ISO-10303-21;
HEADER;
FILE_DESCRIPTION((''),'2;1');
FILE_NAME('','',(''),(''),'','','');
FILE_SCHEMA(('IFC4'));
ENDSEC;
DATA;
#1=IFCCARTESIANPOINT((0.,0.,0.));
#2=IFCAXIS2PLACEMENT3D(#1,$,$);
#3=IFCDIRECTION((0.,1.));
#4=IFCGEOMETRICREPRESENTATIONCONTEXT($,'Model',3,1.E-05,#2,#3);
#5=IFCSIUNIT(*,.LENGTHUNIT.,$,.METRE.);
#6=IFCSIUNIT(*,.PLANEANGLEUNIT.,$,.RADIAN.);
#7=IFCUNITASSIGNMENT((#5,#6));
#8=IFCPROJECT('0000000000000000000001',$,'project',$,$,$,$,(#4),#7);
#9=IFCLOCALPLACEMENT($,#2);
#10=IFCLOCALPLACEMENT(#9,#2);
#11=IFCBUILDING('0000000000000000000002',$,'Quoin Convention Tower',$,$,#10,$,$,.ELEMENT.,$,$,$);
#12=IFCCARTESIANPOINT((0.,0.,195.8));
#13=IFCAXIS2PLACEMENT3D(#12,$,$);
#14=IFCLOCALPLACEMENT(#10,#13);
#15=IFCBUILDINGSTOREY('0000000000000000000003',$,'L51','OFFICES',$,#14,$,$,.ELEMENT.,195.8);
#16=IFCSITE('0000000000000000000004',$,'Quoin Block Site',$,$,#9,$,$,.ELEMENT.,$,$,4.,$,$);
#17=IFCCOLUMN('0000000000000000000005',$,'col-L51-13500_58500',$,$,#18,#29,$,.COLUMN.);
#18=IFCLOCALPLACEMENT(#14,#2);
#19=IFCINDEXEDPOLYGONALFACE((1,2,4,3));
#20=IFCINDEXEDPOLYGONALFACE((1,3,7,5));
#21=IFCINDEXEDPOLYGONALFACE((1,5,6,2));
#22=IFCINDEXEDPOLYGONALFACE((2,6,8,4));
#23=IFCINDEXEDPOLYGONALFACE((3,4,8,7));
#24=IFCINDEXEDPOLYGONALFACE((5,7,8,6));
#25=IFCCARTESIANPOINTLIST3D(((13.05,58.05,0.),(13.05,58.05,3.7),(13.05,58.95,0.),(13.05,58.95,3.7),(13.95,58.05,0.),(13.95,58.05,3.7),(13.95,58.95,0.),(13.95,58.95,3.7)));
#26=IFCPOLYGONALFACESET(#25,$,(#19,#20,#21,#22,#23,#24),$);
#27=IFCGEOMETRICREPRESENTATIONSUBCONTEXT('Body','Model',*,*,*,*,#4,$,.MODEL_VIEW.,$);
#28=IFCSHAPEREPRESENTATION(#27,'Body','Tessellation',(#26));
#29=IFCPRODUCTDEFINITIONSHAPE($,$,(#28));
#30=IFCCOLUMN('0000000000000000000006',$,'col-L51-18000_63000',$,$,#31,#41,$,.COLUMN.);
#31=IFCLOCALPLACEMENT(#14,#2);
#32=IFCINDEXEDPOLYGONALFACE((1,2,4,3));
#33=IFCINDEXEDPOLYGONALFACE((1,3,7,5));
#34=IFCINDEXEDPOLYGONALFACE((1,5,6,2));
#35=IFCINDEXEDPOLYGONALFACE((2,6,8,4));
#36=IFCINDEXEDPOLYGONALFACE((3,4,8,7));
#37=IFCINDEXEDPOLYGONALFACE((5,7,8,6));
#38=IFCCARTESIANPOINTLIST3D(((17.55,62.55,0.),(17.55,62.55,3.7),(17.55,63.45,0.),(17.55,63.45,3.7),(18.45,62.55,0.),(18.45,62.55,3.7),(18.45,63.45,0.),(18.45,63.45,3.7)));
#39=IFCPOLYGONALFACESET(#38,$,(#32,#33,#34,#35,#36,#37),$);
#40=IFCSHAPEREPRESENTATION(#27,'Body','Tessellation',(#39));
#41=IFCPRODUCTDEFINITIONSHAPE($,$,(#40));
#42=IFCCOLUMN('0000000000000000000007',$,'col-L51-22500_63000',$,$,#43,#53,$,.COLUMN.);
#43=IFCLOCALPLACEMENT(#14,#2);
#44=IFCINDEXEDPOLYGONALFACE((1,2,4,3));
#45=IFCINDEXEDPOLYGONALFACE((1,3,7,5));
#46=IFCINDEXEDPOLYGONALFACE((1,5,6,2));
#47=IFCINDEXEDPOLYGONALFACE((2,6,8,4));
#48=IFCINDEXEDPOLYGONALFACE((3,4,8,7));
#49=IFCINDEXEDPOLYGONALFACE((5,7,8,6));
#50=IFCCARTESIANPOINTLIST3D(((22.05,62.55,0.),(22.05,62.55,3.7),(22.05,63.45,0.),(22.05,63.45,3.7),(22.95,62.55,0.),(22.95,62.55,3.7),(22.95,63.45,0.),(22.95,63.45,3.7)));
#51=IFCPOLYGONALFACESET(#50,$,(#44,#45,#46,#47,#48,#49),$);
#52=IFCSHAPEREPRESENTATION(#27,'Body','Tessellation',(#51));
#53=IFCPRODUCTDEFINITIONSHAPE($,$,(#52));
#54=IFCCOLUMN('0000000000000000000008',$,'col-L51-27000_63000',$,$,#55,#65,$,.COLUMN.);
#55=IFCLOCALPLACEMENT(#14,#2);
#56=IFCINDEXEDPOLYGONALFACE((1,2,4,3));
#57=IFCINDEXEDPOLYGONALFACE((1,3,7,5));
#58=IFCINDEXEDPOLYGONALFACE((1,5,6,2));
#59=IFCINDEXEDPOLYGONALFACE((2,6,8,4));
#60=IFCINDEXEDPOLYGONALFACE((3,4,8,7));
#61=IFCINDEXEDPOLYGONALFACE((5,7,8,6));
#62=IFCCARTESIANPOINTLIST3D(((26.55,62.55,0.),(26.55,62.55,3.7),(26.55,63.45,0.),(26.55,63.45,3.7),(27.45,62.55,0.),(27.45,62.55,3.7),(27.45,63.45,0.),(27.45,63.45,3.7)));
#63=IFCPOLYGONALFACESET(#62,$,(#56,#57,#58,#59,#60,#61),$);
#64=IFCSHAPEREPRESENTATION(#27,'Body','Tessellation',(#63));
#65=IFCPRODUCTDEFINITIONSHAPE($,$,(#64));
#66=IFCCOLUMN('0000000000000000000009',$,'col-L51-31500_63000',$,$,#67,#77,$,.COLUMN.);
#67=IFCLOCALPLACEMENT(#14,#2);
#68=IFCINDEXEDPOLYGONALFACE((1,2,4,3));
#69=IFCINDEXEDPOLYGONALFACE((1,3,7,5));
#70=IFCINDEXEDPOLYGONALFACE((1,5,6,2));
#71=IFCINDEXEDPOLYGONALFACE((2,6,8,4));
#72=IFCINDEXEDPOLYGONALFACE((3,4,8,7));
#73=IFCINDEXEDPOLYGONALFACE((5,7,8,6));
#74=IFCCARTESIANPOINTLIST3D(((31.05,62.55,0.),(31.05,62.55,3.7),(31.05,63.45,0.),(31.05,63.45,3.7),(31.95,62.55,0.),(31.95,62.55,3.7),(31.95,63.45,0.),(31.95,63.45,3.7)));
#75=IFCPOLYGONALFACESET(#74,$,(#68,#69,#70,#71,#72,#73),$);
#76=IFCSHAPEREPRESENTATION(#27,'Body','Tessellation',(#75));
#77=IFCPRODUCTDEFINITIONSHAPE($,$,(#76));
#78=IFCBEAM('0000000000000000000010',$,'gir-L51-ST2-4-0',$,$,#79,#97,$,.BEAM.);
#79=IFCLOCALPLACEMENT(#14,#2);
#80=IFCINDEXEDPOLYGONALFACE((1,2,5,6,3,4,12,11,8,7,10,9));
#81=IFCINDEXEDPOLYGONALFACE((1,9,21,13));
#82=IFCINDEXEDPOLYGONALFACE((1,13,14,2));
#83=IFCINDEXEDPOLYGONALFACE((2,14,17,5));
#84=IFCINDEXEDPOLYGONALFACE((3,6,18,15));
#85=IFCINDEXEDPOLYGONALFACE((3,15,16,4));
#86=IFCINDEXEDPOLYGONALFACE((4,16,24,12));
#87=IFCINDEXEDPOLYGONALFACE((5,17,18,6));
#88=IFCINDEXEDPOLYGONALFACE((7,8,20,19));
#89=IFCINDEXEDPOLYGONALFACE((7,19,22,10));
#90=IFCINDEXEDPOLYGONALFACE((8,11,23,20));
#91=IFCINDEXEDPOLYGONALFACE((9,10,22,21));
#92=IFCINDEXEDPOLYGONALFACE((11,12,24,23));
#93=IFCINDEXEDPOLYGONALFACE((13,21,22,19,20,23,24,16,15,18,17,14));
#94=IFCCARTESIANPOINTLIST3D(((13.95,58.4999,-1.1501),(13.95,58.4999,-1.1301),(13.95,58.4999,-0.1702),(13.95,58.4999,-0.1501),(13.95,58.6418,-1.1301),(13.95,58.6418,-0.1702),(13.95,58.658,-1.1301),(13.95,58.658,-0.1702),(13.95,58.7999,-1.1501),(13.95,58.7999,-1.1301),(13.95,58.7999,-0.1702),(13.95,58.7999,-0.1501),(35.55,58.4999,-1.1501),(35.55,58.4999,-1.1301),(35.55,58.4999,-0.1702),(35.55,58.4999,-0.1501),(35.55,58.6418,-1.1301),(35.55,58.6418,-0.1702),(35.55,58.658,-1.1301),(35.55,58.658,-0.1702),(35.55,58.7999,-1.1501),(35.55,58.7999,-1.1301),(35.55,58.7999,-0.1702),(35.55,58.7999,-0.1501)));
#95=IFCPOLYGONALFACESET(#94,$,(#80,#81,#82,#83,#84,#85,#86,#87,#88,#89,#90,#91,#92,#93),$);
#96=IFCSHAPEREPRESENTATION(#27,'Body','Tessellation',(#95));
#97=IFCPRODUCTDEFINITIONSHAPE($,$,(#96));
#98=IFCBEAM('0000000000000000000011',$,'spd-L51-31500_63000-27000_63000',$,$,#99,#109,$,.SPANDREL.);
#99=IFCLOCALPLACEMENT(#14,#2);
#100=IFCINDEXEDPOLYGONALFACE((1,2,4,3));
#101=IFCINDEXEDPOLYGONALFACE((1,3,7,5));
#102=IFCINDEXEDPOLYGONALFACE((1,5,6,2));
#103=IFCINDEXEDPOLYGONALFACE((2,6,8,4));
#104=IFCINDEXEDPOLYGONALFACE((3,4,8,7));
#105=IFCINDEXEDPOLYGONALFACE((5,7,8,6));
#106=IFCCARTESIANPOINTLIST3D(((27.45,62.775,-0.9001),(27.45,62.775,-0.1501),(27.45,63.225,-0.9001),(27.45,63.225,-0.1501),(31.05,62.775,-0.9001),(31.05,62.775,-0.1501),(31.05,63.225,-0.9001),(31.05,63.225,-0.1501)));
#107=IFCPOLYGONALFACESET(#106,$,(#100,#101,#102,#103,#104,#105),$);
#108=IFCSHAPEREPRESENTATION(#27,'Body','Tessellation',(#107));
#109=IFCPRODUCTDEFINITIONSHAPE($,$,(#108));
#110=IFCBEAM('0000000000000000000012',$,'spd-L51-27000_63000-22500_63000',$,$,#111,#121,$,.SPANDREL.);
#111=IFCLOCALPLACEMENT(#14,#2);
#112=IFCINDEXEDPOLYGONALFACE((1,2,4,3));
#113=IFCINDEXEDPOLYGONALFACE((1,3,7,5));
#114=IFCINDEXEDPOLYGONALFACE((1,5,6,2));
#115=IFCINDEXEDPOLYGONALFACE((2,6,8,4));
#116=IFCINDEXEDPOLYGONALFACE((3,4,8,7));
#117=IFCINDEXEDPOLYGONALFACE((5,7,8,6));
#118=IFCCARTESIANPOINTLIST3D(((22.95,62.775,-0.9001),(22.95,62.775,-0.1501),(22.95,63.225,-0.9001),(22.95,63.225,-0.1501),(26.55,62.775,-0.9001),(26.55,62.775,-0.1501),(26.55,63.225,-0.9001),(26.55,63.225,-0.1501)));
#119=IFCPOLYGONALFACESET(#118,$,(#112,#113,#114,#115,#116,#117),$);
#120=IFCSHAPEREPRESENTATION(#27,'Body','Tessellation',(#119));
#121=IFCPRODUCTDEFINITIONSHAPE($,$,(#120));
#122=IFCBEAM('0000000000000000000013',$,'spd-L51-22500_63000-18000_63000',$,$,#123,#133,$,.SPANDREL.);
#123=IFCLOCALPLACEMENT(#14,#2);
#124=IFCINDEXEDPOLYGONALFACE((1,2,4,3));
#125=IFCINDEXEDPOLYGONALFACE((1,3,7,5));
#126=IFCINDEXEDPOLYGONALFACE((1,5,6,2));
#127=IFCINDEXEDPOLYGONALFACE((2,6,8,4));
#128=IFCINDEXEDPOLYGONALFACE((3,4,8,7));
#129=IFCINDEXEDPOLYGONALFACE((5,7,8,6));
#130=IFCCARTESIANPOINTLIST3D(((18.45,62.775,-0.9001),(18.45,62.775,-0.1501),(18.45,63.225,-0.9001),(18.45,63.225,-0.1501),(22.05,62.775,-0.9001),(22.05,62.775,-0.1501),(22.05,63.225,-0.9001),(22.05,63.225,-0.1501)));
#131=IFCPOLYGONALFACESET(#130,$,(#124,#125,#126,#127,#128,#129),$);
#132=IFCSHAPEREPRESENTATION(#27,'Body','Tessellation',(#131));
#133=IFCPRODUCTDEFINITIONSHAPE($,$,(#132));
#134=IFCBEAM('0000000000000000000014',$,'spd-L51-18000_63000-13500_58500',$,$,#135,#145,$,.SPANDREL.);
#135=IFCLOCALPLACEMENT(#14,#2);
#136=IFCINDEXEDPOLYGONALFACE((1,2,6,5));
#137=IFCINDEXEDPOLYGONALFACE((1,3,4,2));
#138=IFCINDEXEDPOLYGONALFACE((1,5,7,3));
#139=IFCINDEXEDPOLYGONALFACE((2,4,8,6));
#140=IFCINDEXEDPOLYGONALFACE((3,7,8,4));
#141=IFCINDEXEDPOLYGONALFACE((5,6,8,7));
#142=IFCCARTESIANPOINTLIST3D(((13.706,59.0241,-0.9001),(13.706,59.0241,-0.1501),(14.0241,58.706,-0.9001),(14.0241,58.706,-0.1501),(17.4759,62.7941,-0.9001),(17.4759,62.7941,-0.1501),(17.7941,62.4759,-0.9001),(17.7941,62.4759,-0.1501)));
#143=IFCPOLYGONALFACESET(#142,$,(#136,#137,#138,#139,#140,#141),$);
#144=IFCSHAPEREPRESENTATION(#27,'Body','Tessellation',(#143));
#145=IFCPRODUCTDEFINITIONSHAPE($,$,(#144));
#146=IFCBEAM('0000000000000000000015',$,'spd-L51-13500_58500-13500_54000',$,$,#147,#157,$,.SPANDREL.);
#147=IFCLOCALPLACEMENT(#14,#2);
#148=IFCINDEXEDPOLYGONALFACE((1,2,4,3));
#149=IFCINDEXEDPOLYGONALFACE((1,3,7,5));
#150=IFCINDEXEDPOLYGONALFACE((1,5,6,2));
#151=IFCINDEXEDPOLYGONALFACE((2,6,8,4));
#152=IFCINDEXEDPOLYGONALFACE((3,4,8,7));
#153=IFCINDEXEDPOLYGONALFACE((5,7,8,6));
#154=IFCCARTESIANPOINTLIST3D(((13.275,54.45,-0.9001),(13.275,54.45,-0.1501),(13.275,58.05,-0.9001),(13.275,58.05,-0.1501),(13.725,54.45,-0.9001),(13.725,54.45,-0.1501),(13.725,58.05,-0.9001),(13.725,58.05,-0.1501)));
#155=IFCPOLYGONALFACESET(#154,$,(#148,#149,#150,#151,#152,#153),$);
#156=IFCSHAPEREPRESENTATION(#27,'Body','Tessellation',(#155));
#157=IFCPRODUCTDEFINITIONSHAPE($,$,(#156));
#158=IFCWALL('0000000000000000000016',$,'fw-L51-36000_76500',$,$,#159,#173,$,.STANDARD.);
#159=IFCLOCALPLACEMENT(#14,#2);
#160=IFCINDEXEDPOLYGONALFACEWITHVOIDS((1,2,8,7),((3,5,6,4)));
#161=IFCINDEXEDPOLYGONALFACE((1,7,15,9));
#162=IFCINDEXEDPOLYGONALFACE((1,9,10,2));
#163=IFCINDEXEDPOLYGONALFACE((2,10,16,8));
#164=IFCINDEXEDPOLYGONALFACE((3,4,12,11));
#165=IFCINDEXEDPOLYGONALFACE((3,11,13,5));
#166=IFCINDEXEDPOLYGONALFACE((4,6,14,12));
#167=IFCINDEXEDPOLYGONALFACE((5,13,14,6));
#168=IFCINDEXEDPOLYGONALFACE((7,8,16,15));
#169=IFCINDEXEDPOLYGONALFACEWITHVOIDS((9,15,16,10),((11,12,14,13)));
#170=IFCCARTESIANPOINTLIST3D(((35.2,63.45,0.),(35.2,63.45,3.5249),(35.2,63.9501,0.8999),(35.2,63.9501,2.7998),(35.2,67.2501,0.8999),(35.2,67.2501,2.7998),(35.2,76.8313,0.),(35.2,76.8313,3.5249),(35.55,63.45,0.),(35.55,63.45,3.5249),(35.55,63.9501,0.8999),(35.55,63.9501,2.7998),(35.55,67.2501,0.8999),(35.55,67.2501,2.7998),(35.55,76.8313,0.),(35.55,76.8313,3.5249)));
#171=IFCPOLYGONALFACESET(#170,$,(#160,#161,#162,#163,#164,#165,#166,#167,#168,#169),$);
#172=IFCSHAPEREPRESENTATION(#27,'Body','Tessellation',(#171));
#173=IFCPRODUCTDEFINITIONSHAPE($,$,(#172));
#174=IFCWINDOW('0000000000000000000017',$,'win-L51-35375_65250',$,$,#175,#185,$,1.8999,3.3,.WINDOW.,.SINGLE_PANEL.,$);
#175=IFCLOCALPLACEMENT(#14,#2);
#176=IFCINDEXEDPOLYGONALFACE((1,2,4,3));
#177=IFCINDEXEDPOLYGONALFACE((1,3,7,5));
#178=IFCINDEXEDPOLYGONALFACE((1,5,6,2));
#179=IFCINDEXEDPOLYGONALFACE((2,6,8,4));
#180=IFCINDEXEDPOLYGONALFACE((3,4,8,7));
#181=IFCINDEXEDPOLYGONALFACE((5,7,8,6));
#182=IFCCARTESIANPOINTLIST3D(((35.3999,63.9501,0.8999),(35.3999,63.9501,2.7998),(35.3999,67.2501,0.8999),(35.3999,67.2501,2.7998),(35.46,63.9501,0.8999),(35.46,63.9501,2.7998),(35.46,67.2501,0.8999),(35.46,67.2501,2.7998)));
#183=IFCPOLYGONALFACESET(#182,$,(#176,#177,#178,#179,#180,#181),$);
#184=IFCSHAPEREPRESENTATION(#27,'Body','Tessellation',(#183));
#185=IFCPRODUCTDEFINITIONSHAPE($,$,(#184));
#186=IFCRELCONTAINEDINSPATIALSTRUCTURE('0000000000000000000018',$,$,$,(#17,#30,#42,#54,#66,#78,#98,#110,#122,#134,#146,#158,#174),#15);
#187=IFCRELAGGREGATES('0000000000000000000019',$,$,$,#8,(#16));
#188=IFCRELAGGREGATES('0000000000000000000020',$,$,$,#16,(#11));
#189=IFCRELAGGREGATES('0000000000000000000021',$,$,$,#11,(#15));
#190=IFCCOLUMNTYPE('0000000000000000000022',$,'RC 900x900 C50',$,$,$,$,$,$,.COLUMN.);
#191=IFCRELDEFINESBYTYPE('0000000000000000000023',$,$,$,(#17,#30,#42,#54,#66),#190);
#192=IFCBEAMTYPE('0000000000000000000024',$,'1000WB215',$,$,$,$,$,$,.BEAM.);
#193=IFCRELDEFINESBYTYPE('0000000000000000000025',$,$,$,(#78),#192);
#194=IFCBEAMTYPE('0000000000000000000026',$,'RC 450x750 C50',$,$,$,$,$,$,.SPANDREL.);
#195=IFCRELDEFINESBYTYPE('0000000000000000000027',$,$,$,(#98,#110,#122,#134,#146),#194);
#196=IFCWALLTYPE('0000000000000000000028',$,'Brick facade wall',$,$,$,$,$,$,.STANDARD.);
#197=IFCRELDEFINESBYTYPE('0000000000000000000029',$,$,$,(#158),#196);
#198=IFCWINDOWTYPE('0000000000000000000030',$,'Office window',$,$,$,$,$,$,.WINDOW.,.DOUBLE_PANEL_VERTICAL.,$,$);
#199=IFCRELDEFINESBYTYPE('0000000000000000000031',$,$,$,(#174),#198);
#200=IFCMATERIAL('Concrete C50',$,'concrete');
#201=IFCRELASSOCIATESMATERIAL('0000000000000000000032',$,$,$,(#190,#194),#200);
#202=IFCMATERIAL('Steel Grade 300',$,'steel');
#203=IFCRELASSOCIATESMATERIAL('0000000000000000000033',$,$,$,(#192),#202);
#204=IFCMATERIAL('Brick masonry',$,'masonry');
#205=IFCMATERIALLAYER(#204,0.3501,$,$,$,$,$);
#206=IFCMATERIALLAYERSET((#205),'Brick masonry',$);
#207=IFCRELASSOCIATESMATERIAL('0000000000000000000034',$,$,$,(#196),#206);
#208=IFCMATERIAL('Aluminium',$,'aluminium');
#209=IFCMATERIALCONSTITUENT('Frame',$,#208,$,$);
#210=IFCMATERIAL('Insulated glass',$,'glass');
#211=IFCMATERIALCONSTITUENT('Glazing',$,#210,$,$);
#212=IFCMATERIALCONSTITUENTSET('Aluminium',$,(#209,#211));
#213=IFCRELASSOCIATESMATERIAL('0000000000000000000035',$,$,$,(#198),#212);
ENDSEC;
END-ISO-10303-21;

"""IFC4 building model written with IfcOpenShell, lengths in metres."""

from ifc_helpers import new_model, si_unit, direction, frame, frame_2d, origin, origin_2d, place, context, subcontext, project, spatial, rectangle, i_section, extrude, material, layer, layer_set, constituent, constituent_set, material_profile, profile_set, type_object, element, fill, save


model = new_model("IFC4")

# Units and contexts
model_context = context("Model", 3, precision=1e-05, world=origin(), true_north=direction((0.0, 1.0)))
body_context = subcontext(model_context, "Body", "Model", "MODEL_VIEW")
ifc_project = project(units=[si_unit("LENGTHUNIT", "METRE"), si_unit("PLANEANGLEUNIT", "RADIAN")], contexts=[model_context])

# Site, building, storey
site_placement = place(None, origin())
site = spatial("IfcSite", under=ifc_project, at=site_placement, Name="Quoin Block Site", CompositionType="ELEMENT", RefElevation=4.0)
building_placement = place(site_placement, origin())
building = spatial("IfcBuilding", under=site, at=building_placement, Name="Quoin Convention Tower", CompositionType="ELEMENT")
storey_placement = place(building_placement, frame((0.0, 0.0, 195.8)))
storey = spatial("IfcBuildingStorey", under=building, at=storey_placement, Name="L51", Description="OFFICES", CompositionType="ELEMENT", Elevation=195.8)

# Columns
ifc_material_1 = material(Name="Concrete C50", Category="concrete")
ifc_material_profile_1 = material_profile(ifc_material_1, rectangle(XDim=0.8999, YDim=0.8999, at=origin_2d()), Name="RC 900x900")
ifc_profile_set_1 = profile_set([ifc_material_profile_1], Name="Concrete C50")
column_type = type_object("IfcColumnType", Name="RC 900x900 C50", PredefinedType="COLUMN", material=ifc_profile_set_1)
for number, where, z_axis, x_axis, name in (
    (1, (13.5, 58.5, 0.0), (0.0, 0.0, 1.0), (1.0, 0.0, 0.0), "col-L51-13500_58500"),
    (2, (18.0, 63.0, 0.0), (0.0, 0.0, 1.0), (1.0, 0.0, 0.0), "col-L51-18000_63000"),
    (3, (22.5, 63.0, 0.0), (0.0, 0.0, 1.0), (1.0, 0.0, 0.0), "col-L51-22500_63000"),
    (4, (27.0, 63.0, 0.0), (0.0, 0.0, 1.0), (1.0, 0.0, 0.0), "col-L51-27000_63000"),
    (5, (31.5, 63.0, 0.0), (0.0, 0.0, 1.0), (1.0, 0.0, 0.0), "col-L51-31500_63000"),
):
    element("IfcColumn", number, at=place(storey_placement, frame(where, z_axis=z_axis, x_axis=x_axis)), inside=storey, type_object=column_type, Name=name, PredefinedType="COLUMN", context=body_context, shape_type="SweptSolid", body=[
        extrude(rectangle(XDim=0.8999, YDim=0.8999, at=origin_2d()), origin(), (0.0, 0.0, 1.0), 3.7),
    ])

# Beams
ifc_material_2 = material(Name="Steel Grade 300", Category="steel")
ifc_material_profile_2 = material_profile(ifc_material_2, i_section(OverallWidth=0.3, OverallDepth=1.0, WebThickness=0.0161, FlangeThickness=0.02, at=origin_2d()), Name="1000WB215")
ifc_profile_set_2 = profile_set([ifc_material_profile_2], Name="Steel Grade 300")
beam_type_1 = type_object("IfcBeamType", Name="1000WB215", PredefinedType="BEAM", material=ifc_profile_set_2)
beam_1_placement = place(storey_placement, frame((13.95, 58.6499, -0.6501), z_axis=(1.0, 0.0, 0.0), x_axis=(0.0, 1.0, 0.0)))
element("IfcBeam", 6, at=beam_1_placement, inside=storey, type_object=beam_type_1, Name="gir-L51-ST2-4-0", PredefinedType="BEAM", context=body_context, shape_type="SweptSolid", body=[
    extrude(i_section(OverallWidth=0.3, OverallDepth=1.0, WebThickness=0.0161, FlangeThickness=0.02, at=origin_2d()), origin(), (0.0, 0.0, 1.0), 21.6001),
])
ifc_material_profile_3 = material_profile(ifc_material_1, rectangle(XDim=0.45, YDim=0.75, at=origin_2d()), Name="RC 450x750")
ifc_profile_set_3 = profile_set([ifc_material_profile_3], Name="Concrete C50")
beam_type_2 = type_object("IfcBeamType", Name="RC 450x750 C50", PredefinedType="SPANDREL", material=ifc_profile_set_3)
for number, where, z_axis, x_axis, name in (
    (7, (31.05, 63.0, -0.5251), (-1.0, 0.0, 0.0), (0.0, -1.0, 0.0), "spd-L51-31500_63000-27000_63000"),
    (8, (26.55, 63.0, -0.5251), (-1.0, 0.0, 0.0), (0.0, -1.0, 0.0), "spd-L51-27000_63000-22500_63000"),
    (9, (22.05, 63.0, -0.5251), (-1.0, 0.0, 0.0), (0.0, -1.0, 0.0), "spd-L51-22500_63000-18000_63000"),
):
    element("IfcBeam", number, at=place(storey_placement, frame(where, z_axis=z_axis, x_axis=x_axis)), inside=storey, type_object=beam_type_2, Name=name, PredefinedType="SPANDREL", context=body_context, shape_type="SweptSolid", body=[
        extrude(rectangle(XDim=0.45, YDim=0.75, at=origin_2d()), origin(), (0.0, 0.0, 1.0), 3.6001),
    ])
beam_2_placement = place(storey_placement, frame((17.635, 62.635, -0.5251), z_axis=(-0.707107, -0.707107, 0.0), x_axis=(0.707107, -0.707107, 0.0)))
element("IfcBeam", 10, at=beam_2_placement, inside=storey, type_object=beam_type_2, Name="spd-L51-18000_63000-13500_58500", PredefinedType="SPANDREL", context=body_context, shape_type="SweptSolid", body=[
    extrude(rectangle(XDim=0.45, YDim=0.75, at=origin_2d()), origin(), (0.0, 0.0, 1.0), 5.3315),
])
beam_3_placement = place(storey_placement, frame((13.5, 58.05, -0.5251), z_axis=(0.0, -1.0, 0.0), x_axis=(1.0, 0.0, 0.0)))
element("IfcBeam", 11, at=beam_3_placement, inside=storey, type_object=beam_type_2, Name="spd-L51-13500_58500-13500_54000", PredefinedType="SPANDREL", context=body_context, shape_type="SweptSolid", body=[
    extrude(rectangle(XDim=0.45, YDim=0.75, at=origin_2d()), origin(), (0.0, 0.0, 1.0), 3.6001),
])

# Wall, opening, window
ifc_material_3 = material(Name="Brick masonry", Category="masonry")
ifc_layer_1 = layer(ifc_material_3, 0.3501)
ifc_layer_set_1 = layer_set([ifc_layer_1], Name="Brick masonry")
wall_type_1 = type_object("IfcWallType", Name="Brick facade wall", PredefinedType="STANDARD", material=ifc_layer_set_1)
wall_1_placement = place(storey_placement, frame((35.375, 76.8313, 0.0), z_axis=(0.0, 0.0, 1.0), x_axis=(0.0, -1.0, 0.0)))
wall_1 = element("IfcWall", 12, at=wall_1_placement, inside=storey, type_object=wall_type_1, Name="fw-L51-36000_76500", PredefinedType="STANDARD", context=body_context, shape_type="SweptSolid", body=[
    extrude(rectangle(XDim=13.3813, YDim=0.3501, at=frame_2d((6.6907, 0.0))), origin(), (0.0, 0.0, 1.0), 3.5249),
])
opening_1_placement = place(wall_1_placement, frame((9.5813, 0.0, 0.8999)))
opening_1 = element("IfcOpeningElement", 13, at=opening_1_placement, cuts=wall_1, PredefinedType="OPENING", context=body_context, shape_type="SweptSolid", body=[
    extrude(rectangle(XDim=3.3, YDim=1.8999, at=frame_2d((1.6499, 0.95))), frame((0.0, 0.1851, 0.0), z_axis=(0.0, -1.0, 0.0), x_axis=(1.0, 0.0, 0.0)), (0.0, 0.0, 1.0), 0.3701),
])
ifc_material_4 = material(Name="Aluminium", Category="aluminium")
ifc_constituent_1 = constituent(ifc_material_4, Name="Frame")
ifc_material_5 = material(Name="Insulated glass", Category="glass")
ifc_constituent_2 = constituent(ifc_material_5, Name="Glazing")
ifc_constituent_set = constituent_set(constituents=[ifc_constituent_1, ifc_constituent_2], Name="Aluminium")
window_type = type_object("IfcWindowType", Name="Office window", PartitioningType="DOUBLE_PANEL_VERTICAL", PredefinedType="WINDOW", material=ifc_constituent_set)
window_1_placement = place(opening_1_placement, origin())
window_1 = element("IfcWindow", 14, at=window_1_placement, inside=storey, type_object=window_type, Name="win-L51-35375_65250", OverallHeight=1.8999, OverallWidth=3.3, PartitioningType="SINGLE_PANEL", PredefinedType="WINDOW", context=body_context, shape_type="SweptSolid", body=[
    extrude(rectangle(XDim=3.3, YDim=1.8999, at=frame_2d((1.6499, 0.95))), frame((0.0, 0.085, 0.0), z_axis=(0.0, -1.0, 0.0), x_axis=(1.0, 0.0, 0.0)), (0.0, 0.0, 1.0), 0.0601),
])
fill(opening_1, window_1)

save(model, "model.ifc")
